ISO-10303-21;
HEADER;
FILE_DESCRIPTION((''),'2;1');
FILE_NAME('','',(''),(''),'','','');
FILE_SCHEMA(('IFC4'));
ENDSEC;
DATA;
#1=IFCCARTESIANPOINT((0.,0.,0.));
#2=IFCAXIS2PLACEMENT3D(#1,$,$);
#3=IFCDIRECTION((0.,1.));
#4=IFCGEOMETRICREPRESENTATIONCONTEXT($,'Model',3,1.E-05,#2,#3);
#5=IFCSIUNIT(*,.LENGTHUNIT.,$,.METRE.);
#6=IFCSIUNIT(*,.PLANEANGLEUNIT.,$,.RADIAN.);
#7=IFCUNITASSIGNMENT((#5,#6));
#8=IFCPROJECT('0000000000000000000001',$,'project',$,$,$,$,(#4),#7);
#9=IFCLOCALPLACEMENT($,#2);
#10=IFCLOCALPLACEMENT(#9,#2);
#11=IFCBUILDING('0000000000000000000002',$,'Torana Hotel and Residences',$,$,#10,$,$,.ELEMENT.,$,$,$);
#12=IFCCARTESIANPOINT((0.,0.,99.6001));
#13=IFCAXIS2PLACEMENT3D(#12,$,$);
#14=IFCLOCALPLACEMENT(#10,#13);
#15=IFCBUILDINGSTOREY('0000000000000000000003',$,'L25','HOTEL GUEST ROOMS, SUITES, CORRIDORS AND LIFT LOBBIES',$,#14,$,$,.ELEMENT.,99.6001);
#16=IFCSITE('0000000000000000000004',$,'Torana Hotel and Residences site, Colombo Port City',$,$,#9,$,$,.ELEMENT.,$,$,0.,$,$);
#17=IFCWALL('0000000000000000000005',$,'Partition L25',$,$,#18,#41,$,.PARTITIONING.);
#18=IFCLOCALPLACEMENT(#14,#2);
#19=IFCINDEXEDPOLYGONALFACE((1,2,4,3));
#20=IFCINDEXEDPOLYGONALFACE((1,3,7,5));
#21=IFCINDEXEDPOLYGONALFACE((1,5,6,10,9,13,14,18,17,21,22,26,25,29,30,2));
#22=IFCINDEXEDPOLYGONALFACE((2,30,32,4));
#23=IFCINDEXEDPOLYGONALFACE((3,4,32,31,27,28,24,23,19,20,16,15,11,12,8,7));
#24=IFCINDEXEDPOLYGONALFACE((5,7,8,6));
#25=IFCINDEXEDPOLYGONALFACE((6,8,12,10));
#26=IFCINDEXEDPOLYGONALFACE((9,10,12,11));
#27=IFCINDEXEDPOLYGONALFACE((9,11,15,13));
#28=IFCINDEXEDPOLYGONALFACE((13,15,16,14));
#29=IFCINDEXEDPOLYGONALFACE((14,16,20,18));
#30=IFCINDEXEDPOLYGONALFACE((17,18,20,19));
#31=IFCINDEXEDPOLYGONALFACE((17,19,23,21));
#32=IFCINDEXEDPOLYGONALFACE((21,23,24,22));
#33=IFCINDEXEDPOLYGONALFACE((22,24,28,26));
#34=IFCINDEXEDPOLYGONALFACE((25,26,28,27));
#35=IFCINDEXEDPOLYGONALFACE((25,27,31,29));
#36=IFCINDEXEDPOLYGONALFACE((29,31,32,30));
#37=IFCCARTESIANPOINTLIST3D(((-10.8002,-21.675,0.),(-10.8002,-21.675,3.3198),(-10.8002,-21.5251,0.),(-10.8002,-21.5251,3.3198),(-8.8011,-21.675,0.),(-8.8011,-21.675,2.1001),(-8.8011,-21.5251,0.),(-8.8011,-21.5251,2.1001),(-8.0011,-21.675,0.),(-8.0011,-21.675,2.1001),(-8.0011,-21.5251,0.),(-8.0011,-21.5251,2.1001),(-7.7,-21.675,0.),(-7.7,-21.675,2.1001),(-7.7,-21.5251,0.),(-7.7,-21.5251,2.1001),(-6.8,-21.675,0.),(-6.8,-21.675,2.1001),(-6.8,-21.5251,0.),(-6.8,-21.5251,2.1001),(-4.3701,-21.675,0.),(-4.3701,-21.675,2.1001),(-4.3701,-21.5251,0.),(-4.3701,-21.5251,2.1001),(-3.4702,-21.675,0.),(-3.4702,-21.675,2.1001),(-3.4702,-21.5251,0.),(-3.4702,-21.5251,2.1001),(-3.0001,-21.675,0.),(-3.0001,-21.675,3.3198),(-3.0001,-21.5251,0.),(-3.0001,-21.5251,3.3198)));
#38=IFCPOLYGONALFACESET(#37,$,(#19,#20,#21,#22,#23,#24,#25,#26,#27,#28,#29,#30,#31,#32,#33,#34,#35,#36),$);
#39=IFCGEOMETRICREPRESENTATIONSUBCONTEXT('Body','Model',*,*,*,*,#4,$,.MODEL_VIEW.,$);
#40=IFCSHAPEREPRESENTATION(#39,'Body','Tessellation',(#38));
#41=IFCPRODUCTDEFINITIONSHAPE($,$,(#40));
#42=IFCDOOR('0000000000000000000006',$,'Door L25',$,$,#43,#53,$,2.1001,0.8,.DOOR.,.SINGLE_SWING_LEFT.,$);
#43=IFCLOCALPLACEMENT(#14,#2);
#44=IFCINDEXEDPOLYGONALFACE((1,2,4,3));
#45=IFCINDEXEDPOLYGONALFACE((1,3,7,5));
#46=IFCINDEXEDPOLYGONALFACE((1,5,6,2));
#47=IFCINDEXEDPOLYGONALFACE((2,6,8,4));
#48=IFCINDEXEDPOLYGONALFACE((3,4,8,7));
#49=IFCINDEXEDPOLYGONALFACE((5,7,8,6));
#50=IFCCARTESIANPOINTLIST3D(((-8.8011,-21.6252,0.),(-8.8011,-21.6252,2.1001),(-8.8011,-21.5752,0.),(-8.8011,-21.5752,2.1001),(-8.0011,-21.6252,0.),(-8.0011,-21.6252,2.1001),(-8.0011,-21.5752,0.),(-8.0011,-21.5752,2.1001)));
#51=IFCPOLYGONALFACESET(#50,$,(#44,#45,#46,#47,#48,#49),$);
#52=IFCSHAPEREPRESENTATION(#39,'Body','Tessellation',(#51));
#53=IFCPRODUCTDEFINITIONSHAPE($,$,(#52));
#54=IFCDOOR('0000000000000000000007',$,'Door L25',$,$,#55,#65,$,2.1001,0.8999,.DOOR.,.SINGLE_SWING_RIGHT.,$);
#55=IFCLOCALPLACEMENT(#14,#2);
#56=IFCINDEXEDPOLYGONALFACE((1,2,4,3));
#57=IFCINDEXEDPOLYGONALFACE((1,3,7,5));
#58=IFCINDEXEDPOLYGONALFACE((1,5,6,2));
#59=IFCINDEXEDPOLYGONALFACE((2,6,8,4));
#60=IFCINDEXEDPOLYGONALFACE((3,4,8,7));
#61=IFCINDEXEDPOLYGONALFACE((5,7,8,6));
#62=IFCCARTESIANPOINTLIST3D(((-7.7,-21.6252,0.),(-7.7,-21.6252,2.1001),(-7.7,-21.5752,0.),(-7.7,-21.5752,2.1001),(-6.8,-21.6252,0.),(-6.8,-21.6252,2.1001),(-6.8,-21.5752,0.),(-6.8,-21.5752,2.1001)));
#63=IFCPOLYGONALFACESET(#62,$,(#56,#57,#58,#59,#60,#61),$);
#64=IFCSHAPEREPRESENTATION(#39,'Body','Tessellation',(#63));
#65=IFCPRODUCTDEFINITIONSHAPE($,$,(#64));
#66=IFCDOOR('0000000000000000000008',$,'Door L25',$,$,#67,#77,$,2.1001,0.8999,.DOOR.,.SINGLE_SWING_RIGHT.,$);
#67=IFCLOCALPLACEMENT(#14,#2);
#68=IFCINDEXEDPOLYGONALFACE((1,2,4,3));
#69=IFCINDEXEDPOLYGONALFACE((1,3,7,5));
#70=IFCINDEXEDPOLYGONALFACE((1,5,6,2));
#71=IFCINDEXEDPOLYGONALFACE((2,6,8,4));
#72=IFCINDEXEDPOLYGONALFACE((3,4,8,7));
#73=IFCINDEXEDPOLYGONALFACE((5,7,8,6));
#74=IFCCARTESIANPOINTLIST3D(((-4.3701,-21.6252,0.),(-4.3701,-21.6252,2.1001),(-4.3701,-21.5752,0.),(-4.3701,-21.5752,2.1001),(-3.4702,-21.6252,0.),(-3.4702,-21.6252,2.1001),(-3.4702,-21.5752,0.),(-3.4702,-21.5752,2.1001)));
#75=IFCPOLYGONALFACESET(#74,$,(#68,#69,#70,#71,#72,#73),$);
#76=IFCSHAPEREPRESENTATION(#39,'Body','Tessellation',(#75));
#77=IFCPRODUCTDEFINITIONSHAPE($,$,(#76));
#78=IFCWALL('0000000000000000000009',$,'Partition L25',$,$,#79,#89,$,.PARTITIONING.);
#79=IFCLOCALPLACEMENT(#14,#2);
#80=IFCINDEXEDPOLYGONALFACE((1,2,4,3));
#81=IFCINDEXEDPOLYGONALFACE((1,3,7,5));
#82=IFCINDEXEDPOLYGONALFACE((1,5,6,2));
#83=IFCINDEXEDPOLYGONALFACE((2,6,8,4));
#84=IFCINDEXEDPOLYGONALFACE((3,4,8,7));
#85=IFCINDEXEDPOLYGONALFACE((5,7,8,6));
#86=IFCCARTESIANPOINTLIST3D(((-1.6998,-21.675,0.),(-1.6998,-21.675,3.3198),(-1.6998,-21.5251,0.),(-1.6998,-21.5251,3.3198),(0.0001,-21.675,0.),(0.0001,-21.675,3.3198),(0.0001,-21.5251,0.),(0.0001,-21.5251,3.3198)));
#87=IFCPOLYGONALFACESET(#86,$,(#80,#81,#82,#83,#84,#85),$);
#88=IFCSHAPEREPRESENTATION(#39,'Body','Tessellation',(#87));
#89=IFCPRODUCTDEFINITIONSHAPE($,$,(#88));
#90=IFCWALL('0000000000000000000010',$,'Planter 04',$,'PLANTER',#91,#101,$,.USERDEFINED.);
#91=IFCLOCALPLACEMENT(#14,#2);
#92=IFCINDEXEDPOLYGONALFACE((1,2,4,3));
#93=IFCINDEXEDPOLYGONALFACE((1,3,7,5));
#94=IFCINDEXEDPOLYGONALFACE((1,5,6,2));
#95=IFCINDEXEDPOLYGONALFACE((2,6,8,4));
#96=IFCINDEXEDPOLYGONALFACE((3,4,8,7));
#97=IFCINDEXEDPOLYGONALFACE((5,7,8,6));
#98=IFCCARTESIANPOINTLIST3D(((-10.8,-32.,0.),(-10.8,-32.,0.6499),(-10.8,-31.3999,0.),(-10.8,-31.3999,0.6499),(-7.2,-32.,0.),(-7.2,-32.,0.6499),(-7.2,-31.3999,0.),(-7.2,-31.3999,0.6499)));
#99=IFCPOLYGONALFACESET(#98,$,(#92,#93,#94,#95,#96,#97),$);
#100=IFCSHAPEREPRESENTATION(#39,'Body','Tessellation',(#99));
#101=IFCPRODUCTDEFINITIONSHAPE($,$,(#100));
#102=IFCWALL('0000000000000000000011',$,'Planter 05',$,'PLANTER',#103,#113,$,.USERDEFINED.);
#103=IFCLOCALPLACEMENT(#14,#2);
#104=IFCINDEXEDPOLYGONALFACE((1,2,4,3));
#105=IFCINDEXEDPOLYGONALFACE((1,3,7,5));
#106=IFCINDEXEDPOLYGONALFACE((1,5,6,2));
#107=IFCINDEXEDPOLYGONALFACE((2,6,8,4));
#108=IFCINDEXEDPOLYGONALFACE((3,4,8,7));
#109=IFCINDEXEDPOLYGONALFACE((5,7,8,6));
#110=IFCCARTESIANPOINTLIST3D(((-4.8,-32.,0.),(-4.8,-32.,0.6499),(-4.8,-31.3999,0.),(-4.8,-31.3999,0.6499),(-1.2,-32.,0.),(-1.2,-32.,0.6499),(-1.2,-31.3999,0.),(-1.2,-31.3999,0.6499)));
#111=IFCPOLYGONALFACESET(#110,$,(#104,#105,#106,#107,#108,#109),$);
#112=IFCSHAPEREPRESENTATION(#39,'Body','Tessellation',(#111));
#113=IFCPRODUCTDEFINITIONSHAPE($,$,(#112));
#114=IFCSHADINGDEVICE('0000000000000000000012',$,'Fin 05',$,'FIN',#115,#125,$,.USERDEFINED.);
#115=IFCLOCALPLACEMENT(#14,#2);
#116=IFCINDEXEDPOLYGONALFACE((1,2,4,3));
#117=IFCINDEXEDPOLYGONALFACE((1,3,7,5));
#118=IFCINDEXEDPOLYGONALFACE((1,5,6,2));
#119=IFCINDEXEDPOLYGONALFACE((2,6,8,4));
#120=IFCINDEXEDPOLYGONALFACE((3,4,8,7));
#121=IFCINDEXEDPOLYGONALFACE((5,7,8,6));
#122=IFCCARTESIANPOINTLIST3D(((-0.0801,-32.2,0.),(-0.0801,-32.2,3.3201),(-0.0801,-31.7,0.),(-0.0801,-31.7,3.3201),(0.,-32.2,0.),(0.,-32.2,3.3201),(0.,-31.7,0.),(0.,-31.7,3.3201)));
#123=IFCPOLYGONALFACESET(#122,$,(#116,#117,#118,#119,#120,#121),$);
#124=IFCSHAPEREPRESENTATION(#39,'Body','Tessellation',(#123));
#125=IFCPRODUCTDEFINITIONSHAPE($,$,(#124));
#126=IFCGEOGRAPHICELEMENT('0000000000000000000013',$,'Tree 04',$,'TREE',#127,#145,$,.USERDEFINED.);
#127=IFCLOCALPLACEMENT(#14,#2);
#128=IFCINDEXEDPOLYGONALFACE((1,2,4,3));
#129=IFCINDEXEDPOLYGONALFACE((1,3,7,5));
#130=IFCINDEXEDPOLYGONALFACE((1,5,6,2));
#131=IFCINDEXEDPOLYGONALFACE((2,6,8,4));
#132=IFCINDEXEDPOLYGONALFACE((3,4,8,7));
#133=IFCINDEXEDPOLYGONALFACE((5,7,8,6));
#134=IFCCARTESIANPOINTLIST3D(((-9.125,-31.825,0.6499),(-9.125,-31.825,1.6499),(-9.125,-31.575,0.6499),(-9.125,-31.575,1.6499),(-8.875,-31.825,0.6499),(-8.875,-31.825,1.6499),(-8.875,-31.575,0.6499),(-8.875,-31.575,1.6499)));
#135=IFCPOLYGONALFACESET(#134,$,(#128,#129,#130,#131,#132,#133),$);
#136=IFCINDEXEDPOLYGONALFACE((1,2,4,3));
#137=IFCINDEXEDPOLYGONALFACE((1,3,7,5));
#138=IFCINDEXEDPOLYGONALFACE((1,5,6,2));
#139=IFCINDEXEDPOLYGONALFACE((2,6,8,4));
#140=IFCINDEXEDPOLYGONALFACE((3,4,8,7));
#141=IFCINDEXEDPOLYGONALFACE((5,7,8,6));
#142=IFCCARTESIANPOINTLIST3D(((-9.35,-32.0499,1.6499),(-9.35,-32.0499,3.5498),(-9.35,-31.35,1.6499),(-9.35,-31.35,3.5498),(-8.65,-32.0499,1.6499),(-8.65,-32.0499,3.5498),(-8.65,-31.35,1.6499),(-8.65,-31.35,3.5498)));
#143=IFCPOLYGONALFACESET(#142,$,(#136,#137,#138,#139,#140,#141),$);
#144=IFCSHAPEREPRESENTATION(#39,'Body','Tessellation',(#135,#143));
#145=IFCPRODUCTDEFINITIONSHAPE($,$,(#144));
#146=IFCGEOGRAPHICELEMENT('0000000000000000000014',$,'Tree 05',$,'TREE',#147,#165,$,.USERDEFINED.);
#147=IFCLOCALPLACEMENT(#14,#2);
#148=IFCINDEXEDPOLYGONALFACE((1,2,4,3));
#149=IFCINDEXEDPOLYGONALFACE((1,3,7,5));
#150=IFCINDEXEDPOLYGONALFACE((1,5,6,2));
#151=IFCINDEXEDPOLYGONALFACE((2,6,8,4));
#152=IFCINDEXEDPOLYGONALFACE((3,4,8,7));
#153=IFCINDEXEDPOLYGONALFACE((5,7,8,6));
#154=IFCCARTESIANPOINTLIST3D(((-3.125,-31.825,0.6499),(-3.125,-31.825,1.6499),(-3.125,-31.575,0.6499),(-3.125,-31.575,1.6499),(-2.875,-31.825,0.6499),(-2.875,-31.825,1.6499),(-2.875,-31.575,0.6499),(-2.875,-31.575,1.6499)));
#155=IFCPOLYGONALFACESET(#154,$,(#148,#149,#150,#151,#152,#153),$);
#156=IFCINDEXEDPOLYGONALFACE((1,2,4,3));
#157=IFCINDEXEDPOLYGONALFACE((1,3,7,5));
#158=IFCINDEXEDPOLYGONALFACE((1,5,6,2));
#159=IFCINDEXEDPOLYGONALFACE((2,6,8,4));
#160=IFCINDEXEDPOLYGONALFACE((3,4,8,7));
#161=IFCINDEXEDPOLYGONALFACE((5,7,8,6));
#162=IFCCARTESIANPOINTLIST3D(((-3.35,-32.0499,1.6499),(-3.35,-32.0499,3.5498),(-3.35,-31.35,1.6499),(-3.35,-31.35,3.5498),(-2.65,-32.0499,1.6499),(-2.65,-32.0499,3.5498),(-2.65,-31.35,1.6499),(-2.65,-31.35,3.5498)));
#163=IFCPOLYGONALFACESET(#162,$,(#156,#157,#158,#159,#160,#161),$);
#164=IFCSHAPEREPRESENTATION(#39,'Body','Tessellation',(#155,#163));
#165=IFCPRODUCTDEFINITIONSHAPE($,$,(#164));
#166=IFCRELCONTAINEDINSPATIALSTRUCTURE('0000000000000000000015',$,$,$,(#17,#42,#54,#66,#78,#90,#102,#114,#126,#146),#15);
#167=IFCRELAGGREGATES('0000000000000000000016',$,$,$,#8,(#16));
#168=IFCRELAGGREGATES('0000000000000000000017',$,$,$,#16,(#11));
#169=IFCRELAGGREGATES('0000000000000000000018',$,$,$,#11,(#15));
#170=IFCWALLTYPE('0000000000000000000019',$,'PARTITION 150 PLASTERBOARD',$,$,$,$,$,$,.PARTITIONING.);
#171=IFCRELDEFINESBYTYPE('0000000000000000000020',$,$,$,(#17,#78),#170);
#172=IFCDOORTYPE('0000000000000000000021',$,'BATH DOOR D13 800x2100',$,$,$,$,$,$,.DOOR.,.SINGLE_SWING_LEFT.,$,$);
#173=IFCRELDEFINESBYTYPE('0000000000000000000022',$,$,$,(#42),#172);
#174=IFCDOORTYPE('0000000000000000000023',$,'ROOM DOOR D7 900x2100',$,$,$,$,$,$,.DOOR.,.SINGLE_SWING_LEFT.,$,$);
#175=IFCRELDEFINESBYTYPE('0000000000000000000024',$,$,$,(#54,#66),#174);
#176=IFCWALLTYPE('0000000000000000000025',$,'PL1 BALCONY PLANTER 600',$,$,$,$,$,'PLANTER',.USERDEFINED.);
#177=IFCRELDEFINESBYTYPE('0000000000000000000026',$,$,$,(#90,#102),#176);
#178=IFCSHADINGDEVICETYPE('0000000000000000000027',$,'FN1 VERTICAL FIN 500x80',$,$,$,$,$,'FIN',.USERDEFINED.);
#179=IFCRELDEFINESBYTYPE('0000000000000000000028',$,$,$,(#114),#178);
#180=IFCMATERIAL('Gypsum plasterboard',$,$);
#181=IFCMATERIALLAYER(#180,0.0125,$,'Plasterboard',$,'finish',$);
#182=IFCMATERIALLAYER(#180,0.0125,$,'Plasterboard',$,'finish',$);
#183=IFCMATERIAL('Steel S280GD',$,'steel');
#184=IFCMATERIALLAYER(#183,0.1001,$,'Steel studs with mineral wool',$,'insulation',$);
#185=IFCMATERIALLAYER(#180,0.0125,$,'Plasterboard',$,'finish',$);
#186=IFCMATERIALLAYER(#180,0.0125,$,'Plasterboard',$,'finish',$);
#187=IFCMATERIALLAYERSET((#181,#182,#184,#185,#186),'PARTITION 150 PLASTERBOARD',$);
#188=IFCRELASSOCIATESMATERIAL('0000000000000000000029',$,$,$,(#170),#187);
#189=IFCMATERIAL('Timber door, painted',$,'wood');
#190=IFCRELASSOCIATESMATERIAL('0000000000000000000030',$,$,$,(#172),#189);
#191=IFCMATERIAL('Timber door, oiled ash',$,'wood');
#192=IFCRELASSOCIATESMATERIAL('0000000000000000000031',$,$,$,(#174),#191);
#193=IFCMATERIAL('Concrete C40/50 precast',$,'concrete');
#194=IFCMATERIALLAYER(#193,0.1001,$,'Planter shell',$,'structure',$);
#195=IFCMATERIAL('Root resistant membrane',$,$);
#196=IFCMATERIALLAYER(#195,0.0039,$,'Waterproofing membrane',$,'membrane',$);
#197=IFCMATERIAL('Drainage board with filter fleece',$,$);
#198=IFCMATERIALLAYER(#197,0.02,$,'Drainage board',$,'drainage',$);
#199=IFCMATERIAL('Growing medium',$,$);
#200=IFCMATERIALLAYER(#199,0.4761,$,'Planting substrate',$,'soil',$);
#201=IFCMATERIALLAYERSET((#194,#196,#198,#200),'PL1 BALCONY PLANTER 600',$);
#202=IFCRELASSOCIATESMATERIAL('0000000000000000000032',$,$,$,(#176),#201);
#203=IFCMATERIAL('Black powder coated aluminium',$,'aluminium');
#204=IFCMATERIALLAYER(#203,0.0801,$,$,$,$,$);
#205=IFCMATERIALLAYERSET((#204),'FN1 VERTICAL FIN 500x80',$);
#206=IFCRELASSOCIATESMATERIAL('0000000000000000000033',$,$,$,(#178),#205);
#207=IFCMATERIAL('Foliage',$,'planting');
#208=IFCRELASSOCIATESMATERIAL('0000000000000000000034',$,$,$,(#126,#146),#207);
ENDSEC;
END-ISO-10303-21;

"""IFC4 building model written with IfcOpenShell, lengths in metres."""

from ifc_helpers import new_model, si_unit, direction, frame, frame_2d, origin, origin_2d, place, context, subcontext, project, spatial, rectangle, extrude, material, layer, layer_set, type_object, element, fill, save


model = new_model("IFC4")

# Units and contexts
model_context = context("Model", 3, precision=1e-05, world=origin(), true_north=direction((0.0, 1.0)))
body_context = subcontext(model_context, "Body", "Model", "MODEL_VIEW")
ifc_project = project(units=[si_unit("LENGTHUNIT", "METRE"), si_unit("PLANEANGLEUNIT", "RADIAN")], contexts=[model_context])

# Site, building, storey
site_placement = place(None, origin())
site = spatial("IfcSite", under=ifc_project, at=site_placement, Name="Torana Hotel and Residences site, Colombo Port City", CompositionType="ELEMENT", RefElevation=0.0)
building_placement = place(site_placement, origin())
building = spatial("IfcBuilding", under=site, at=building_placement, Name="Torana Hotel and Residences", CompositionType="ELEMENT")
storey_placement = place(building_placement, frame((0.0, 0.0, 99.6001)))
storey = spatial("IfcBuildingStorey", under=building, at=storey_placement, Name="L25", Description="HOTEL GUEST ROOMS, SUITES, CORRIDORS AND LIFT LOBBIES", CompositionType="ELEMENT", Elevation=99.6001)

# Shared definitions
ifc_material_1 = material(Name="Gypsum plasterboard")
ifc_layer_1 = layer(ifc_material_1, 0.0125, Name="Plasterboard", Category="finish")
ifc_layer_2 = layer(ifc_material_1, 0.0125, Name="Plasterboard", Category="finish")
ifc_material_2 = material(Name="Steel S280GD", Category="steel")
ifc_layer_3 = layer(ifc_material_2, 0.1001, Name="Steel studs with mineral wool", Category="insulation")
ifc_layer_4 = layer(ifc_material_1, 0.0125, Name="Plasterboard", Category="finish")
ifc_layer_5 = layer(ifc_material_1, 0.0125, Name="Plasterboard", Category="finish")
ifc_layer_set_1 = layer_set([ifc_layer_1, ifc_layer_2, ifc_layer_3, ifc_layer_4, ifc_layer_5], Name="PARTITION 150 PLASTERBOARD")
wall_type_1 = type_object("IfcWallType", Name="PARTITION 150 PLASTERBOARD", PredefinedType="PARTITIONING", material=ifc_layer_set_1)
ifc_material_3 = material(Name="Timber door, painted", Category="wood")
door_type_1 = type_object("IfcDoorType", Name="BATH DOOR D13 800x2100", OperationType="SINGLE_SWING_LEFT", PredefinedType="DOOR", material=ifc_material_3)

# Shared definitions
ifc_material_4 = material(Name="Timber door, oiled ash", Category="wood")
door_type_2 = type_object("IfcDoorType", Name="ROOM DOOR D7 900x2100", OperationType="SINGLE_SWING_LEFT", PredefinedType="DOOR", material=ifc_material_4)

# Wall, openings, doors
wall_1_placement = place(storey_placement, frame((-10.8, -21.6001, 0.0), z_axis=(0.0, 0.0, 1.0), x_axis=(1.0, 0.0, 0.0)))
wall_1 = element("IfcWall", 1, at=wall_1_placement, inside=storey, type_object=wall_type_1, Name="Partition L25", PredefinedType="PARTITIONING", context=body_context, shape_type="SweptSolid", body=[
    extrude(rectangle(XDim=7.8, YDim=0.1499, at=frame_2d((3.8999, 0.0))), origin(), (0.0, 0.0, 1.0), 3.3198),
])
opening_1_placement = place(wall_1_placement, frame((1.999, 0.0, 0.0)))
opening_1 = element("IfcOpeningElement", 2, at=opening_1_placement, cuts=wall_1, PredefinedType="OPENING", context=body_context, shape_type="SweptSolid", body=[
    extrude(rectangle(XDim=0.8, YDim=2.1001, at=frame_2d((0.3999, 1.05))), frame((0.0, 0.085, 0.0), z_axis=(0.0, -1.0, 0.0), x_axis=(1.0, 0.0, 0.0)), (0.0, 0.0, 1.0), 0.1699),
])
opening_2_placement = place(wall_1_placement, frame((3.1001, 0.0, 0.0)))
opening_2 = element("IfcOpeningElement", 3, at=opening_2_placement, cuts=wall_1, PredefinedType="OPENING", context=body_context, shape_type="SweptSolid", body=[
    extrude(rectangle(XDim=0.8999, YDim=2.1001, at=frame_2d((0.45, 1.05))), frame((0.0, 0.085, 0.0), z_axis=(0.0, -1.0, 0.0), x_axis=(1.0, 0.0, 0.0)), (0.0, 0.0, 1.0), 0.1699),
])
opening_3_placement = place(wall_1_placement, frame((6.4299, 0.0, 0.0)))
opening_3 = element("IfcOpeningElement", 4, at=opening_3_placement, cuts=wall_1, PredefinedType="OPENING", context=body_context, shape_type="SweptSolid", body=[
    extrude(rectangle(XDim=0.8999, YDim=2.1001, at=frame_2d((0.45, 1.05))), frame((0.0, 0.085, 0.0), z_axis=(0.0, -1.0, 0.0), x_axis=(1.0, 0.0, 0.0)), (0.0, 0.0, 1.0), 0.1699),
])
door_1_placement = place(opening_1_placement, origin())
door_1 = element("IfcDoor", 5, at=door_1_placement, inside=storey, type_object=door_type_1, Name="Door L25", OperationType="SINGLE_SWING_LEFT", OverallHeight=2.1001, OverallWidth=0.8, PredefinedType="DOOR", context=body_context, shape_type="SweptSolid", body=[
    extrude(rectangle(XDim=0.8, YDim=2.1001, at=frame_2d((0.3999, 1.05))), frame((0.0, 0.0249, 0.0), z_axis=(0.0, -1.0, 0.0), x_axis=(1.0, 0.0, 0.0)), (0.0, 0.0, 1.0), 0.05),
])
fill(opening_1, door_1)
door_2_placement = place(opening_2_placement, frame((0.45, 0.0, 0.0), z_axis=(0.0, 0.0, 1.0), x_axis=(-1.0, 0.0, 0.0)))
door_2 = element("IfcDoor", 6, at=door_2_placement, inside=storey, type_object=door_type_2, Name="Door L25", OperationType="SINGLE_SWING_RIGHT", OverallHeight=2.1001, OverallWidth=0.8999, PredefinedType="DOOR", context=body_context, shape_type="SweptSolid", body=[
    extrude(rectangle(XDim=0.8999, YDim=2.1001, at=frame_2d((0.0, 1.05))), frame((0.0, -0.0249, 0.0), z_axis=(0.0, 1.0, 0.0), x_axis=(-1.0, 0.0, 0.0)), (0.0, 0.0, 1.0), 0.05),
])
fill(opening_2, door_2)
door_3_placement = place(opening_3_placement, origin())
door_3 = element("IfcDoor", 7, at=door_3_placement, inside=storey, type_object=door_type_2, Name="Door L25", OperationType="SINGLE_SWING_RIGHT", OverallHeight=2.1001, OverallWidth=0.8999, PredefinedType="DOOR", context=body_context, shape_type="SweptSolid", body=[
    extrude(rectangle(XDim=0.8999, YDim=2.1001, at=frame_2d((0.45, 1.05))), frame((0.0, 0.0249, 0.0), z_axis=(0.0, -1.0, 0.0), x_axis=(1.0, 0.0, 0.0)), (0.0, 0.0, 1.0), 0.05),
])
fill(opening_3, door_3)

# Walls
wall_2_placement = place(storey_placement, frame((-1.7, -21.6001, 0.0), z_axis=(0.0, 0.0, 1.0), x_axis=(1.0, 0.0, 0.0)))
element("IfcWall", 8, at=wall_2_placement, inside=storey, type_object=wall_type_1, Name="Partition L25", PredefinedType="PARTITIONING", context=body_context, shape_type="SweptSolid", body=[
    extrude(rectangle(XDim=1.7, YDim=0.1499, at=frame_2d((0.8501, 0.0))), origin(), (0.0, 0.0, 1.0), 3.3198),
])
ifc_material_5 = material(Name="Concrete C40/50 precast", Category="concrete")
ifc_layer_6 = layer(ifc_material_5, 0.1001, Name="Planter shell", Category="structure")
ifc_material_6 = material(Name="Root resistant membrane")
ifc_layer_7 = layer(ifc_material_6, 0.0039, Name="Waterproofing membrane", Category="membrane")
ifc_material_7 = material(Name="Drainage board with filter fleece")
ifc_layer_8 = layer(ifc_material_7, 0.02, Name="Drainage board", Category="drainage")
ifc_material_8 = material(Name="Growing medium")
ifc_layer_9 = layer(ifc_material_8, 0.4761, Name="Planting substrate", Category="soil")
ifc_layer_set_2 = layer_set([ifc_layer_6, ifc_layer_7, ifc_layer_8, ifc_layer_9], Name="PL1 BALCONY PLANTER 600")
wall_type_2 = type_object("IfcWallType", Name="PL1 BALCONY PLANTER 600", ElementType="PLANTER", PredefinedType="USERDEFINED", material=ifc_layer_set_2)
for number, where, z_axis, x_axis, name in (
    (9, (-7.2, -31.7, 0.0), (0.0, 0.0, 1.0), (-1.0, 0.0, 0.0), "Planter 04"),
    (10, (-1.2, -31.7, 0.0), (0.0, 0.0, 1.0), (-1.0, 0.0, 0.0), "Planter 05"),
):
    element("IfcWall", number, at=place(storey_placement, frame(where, z_axis=z_axis, x_axis=x_axis)), inside=storey, type_object=wall_type_2, Name=name, ObjectType="PLANTER", PredefinedType="USERDEFINED", context=body_context, shape_type="SweptSolid", body=[
        extrude(rectangle(XDim=3.6001, YDim=0.6001, at=frame_2d((1.8, 0.0))), origin(), (0.0, 0.0, 1.0), 0.6499),
    ])

# Shading device
ifc_material_9 = material(Name="Black powder coated aluminium", Category="aluminium")
ifc_layer_10 = layer(ifc_material_9, 0.0801)
ifc_layer_set_3 = layer_set([ifc_layer_10], Name="FN1 VERTICAL FIN 500x80")
shading_device_type = type_object("IfcShadingDeviceType", Name="FN1 VERTICAL FIN 500x80", ElementType="FIN", PredefinedType="USERDEFINED", material=ifc_layer_set_3)
shading_device_placement = place(storey_placement, frame((-0.04, -31.95, 0.0), z_axis=(0.0, 0.0, 1.0), x_axis=(-1.0, 0.0, 0.0)))
element("IfcShadingDevice", 11, at=shading_device_placement, inside=storey, type_object=shading_device_type, Name="Fin 05", ObjectType="FIN", PredefinedType="USERDEFINED", context=body_context, shape_type="SweptSolid", body=[
    extrude(rectangle(XDim=0.0801, YDim=0.5, at=origin_2d()), origin(), (0.0, 0.0, 1.0), 3.3201),
])

# Geographic elements
ifc_material_10 = material(Name="Foliage", Category="planting")
for number, where, z_axis, x_axis, name in (
    (12, (-9.0, -31.7, 0.6499), (0.0, 0.0, 1.0), (1.0, 0.0, 0.0), "Tree 04"),
    (13, (-3.0, -31.7, 0.6499), (0.0, 0.0, 1.0), (1.0, 0.0, 0.0), "Tree 05"),
):
    element("IfcGeographicElement", number, at=place(storey_placement, frame(where, z_axis=z_axis, x_axis=x_axis)), inside=storey, material=ifc_material_10, Name=name, ObjectType="TREE", PredefinedType="USERDEFINED", context=body_context, shape_type="SweptSolid", body=[
        extrude(rectangle(XDim=0.25, YDim=0.25, at=origin_2d()), origin(), (0.0, 0.0, 1.0), 1.0),
        extrude(rectangle(XDim=0.7, YDim=0.7, at=origin_2d()), frame((0.0, 0.0, 1.0)), (0.0, 0.0, 1.0), 1.8999),
    ])

save(model, "model.ifc")
